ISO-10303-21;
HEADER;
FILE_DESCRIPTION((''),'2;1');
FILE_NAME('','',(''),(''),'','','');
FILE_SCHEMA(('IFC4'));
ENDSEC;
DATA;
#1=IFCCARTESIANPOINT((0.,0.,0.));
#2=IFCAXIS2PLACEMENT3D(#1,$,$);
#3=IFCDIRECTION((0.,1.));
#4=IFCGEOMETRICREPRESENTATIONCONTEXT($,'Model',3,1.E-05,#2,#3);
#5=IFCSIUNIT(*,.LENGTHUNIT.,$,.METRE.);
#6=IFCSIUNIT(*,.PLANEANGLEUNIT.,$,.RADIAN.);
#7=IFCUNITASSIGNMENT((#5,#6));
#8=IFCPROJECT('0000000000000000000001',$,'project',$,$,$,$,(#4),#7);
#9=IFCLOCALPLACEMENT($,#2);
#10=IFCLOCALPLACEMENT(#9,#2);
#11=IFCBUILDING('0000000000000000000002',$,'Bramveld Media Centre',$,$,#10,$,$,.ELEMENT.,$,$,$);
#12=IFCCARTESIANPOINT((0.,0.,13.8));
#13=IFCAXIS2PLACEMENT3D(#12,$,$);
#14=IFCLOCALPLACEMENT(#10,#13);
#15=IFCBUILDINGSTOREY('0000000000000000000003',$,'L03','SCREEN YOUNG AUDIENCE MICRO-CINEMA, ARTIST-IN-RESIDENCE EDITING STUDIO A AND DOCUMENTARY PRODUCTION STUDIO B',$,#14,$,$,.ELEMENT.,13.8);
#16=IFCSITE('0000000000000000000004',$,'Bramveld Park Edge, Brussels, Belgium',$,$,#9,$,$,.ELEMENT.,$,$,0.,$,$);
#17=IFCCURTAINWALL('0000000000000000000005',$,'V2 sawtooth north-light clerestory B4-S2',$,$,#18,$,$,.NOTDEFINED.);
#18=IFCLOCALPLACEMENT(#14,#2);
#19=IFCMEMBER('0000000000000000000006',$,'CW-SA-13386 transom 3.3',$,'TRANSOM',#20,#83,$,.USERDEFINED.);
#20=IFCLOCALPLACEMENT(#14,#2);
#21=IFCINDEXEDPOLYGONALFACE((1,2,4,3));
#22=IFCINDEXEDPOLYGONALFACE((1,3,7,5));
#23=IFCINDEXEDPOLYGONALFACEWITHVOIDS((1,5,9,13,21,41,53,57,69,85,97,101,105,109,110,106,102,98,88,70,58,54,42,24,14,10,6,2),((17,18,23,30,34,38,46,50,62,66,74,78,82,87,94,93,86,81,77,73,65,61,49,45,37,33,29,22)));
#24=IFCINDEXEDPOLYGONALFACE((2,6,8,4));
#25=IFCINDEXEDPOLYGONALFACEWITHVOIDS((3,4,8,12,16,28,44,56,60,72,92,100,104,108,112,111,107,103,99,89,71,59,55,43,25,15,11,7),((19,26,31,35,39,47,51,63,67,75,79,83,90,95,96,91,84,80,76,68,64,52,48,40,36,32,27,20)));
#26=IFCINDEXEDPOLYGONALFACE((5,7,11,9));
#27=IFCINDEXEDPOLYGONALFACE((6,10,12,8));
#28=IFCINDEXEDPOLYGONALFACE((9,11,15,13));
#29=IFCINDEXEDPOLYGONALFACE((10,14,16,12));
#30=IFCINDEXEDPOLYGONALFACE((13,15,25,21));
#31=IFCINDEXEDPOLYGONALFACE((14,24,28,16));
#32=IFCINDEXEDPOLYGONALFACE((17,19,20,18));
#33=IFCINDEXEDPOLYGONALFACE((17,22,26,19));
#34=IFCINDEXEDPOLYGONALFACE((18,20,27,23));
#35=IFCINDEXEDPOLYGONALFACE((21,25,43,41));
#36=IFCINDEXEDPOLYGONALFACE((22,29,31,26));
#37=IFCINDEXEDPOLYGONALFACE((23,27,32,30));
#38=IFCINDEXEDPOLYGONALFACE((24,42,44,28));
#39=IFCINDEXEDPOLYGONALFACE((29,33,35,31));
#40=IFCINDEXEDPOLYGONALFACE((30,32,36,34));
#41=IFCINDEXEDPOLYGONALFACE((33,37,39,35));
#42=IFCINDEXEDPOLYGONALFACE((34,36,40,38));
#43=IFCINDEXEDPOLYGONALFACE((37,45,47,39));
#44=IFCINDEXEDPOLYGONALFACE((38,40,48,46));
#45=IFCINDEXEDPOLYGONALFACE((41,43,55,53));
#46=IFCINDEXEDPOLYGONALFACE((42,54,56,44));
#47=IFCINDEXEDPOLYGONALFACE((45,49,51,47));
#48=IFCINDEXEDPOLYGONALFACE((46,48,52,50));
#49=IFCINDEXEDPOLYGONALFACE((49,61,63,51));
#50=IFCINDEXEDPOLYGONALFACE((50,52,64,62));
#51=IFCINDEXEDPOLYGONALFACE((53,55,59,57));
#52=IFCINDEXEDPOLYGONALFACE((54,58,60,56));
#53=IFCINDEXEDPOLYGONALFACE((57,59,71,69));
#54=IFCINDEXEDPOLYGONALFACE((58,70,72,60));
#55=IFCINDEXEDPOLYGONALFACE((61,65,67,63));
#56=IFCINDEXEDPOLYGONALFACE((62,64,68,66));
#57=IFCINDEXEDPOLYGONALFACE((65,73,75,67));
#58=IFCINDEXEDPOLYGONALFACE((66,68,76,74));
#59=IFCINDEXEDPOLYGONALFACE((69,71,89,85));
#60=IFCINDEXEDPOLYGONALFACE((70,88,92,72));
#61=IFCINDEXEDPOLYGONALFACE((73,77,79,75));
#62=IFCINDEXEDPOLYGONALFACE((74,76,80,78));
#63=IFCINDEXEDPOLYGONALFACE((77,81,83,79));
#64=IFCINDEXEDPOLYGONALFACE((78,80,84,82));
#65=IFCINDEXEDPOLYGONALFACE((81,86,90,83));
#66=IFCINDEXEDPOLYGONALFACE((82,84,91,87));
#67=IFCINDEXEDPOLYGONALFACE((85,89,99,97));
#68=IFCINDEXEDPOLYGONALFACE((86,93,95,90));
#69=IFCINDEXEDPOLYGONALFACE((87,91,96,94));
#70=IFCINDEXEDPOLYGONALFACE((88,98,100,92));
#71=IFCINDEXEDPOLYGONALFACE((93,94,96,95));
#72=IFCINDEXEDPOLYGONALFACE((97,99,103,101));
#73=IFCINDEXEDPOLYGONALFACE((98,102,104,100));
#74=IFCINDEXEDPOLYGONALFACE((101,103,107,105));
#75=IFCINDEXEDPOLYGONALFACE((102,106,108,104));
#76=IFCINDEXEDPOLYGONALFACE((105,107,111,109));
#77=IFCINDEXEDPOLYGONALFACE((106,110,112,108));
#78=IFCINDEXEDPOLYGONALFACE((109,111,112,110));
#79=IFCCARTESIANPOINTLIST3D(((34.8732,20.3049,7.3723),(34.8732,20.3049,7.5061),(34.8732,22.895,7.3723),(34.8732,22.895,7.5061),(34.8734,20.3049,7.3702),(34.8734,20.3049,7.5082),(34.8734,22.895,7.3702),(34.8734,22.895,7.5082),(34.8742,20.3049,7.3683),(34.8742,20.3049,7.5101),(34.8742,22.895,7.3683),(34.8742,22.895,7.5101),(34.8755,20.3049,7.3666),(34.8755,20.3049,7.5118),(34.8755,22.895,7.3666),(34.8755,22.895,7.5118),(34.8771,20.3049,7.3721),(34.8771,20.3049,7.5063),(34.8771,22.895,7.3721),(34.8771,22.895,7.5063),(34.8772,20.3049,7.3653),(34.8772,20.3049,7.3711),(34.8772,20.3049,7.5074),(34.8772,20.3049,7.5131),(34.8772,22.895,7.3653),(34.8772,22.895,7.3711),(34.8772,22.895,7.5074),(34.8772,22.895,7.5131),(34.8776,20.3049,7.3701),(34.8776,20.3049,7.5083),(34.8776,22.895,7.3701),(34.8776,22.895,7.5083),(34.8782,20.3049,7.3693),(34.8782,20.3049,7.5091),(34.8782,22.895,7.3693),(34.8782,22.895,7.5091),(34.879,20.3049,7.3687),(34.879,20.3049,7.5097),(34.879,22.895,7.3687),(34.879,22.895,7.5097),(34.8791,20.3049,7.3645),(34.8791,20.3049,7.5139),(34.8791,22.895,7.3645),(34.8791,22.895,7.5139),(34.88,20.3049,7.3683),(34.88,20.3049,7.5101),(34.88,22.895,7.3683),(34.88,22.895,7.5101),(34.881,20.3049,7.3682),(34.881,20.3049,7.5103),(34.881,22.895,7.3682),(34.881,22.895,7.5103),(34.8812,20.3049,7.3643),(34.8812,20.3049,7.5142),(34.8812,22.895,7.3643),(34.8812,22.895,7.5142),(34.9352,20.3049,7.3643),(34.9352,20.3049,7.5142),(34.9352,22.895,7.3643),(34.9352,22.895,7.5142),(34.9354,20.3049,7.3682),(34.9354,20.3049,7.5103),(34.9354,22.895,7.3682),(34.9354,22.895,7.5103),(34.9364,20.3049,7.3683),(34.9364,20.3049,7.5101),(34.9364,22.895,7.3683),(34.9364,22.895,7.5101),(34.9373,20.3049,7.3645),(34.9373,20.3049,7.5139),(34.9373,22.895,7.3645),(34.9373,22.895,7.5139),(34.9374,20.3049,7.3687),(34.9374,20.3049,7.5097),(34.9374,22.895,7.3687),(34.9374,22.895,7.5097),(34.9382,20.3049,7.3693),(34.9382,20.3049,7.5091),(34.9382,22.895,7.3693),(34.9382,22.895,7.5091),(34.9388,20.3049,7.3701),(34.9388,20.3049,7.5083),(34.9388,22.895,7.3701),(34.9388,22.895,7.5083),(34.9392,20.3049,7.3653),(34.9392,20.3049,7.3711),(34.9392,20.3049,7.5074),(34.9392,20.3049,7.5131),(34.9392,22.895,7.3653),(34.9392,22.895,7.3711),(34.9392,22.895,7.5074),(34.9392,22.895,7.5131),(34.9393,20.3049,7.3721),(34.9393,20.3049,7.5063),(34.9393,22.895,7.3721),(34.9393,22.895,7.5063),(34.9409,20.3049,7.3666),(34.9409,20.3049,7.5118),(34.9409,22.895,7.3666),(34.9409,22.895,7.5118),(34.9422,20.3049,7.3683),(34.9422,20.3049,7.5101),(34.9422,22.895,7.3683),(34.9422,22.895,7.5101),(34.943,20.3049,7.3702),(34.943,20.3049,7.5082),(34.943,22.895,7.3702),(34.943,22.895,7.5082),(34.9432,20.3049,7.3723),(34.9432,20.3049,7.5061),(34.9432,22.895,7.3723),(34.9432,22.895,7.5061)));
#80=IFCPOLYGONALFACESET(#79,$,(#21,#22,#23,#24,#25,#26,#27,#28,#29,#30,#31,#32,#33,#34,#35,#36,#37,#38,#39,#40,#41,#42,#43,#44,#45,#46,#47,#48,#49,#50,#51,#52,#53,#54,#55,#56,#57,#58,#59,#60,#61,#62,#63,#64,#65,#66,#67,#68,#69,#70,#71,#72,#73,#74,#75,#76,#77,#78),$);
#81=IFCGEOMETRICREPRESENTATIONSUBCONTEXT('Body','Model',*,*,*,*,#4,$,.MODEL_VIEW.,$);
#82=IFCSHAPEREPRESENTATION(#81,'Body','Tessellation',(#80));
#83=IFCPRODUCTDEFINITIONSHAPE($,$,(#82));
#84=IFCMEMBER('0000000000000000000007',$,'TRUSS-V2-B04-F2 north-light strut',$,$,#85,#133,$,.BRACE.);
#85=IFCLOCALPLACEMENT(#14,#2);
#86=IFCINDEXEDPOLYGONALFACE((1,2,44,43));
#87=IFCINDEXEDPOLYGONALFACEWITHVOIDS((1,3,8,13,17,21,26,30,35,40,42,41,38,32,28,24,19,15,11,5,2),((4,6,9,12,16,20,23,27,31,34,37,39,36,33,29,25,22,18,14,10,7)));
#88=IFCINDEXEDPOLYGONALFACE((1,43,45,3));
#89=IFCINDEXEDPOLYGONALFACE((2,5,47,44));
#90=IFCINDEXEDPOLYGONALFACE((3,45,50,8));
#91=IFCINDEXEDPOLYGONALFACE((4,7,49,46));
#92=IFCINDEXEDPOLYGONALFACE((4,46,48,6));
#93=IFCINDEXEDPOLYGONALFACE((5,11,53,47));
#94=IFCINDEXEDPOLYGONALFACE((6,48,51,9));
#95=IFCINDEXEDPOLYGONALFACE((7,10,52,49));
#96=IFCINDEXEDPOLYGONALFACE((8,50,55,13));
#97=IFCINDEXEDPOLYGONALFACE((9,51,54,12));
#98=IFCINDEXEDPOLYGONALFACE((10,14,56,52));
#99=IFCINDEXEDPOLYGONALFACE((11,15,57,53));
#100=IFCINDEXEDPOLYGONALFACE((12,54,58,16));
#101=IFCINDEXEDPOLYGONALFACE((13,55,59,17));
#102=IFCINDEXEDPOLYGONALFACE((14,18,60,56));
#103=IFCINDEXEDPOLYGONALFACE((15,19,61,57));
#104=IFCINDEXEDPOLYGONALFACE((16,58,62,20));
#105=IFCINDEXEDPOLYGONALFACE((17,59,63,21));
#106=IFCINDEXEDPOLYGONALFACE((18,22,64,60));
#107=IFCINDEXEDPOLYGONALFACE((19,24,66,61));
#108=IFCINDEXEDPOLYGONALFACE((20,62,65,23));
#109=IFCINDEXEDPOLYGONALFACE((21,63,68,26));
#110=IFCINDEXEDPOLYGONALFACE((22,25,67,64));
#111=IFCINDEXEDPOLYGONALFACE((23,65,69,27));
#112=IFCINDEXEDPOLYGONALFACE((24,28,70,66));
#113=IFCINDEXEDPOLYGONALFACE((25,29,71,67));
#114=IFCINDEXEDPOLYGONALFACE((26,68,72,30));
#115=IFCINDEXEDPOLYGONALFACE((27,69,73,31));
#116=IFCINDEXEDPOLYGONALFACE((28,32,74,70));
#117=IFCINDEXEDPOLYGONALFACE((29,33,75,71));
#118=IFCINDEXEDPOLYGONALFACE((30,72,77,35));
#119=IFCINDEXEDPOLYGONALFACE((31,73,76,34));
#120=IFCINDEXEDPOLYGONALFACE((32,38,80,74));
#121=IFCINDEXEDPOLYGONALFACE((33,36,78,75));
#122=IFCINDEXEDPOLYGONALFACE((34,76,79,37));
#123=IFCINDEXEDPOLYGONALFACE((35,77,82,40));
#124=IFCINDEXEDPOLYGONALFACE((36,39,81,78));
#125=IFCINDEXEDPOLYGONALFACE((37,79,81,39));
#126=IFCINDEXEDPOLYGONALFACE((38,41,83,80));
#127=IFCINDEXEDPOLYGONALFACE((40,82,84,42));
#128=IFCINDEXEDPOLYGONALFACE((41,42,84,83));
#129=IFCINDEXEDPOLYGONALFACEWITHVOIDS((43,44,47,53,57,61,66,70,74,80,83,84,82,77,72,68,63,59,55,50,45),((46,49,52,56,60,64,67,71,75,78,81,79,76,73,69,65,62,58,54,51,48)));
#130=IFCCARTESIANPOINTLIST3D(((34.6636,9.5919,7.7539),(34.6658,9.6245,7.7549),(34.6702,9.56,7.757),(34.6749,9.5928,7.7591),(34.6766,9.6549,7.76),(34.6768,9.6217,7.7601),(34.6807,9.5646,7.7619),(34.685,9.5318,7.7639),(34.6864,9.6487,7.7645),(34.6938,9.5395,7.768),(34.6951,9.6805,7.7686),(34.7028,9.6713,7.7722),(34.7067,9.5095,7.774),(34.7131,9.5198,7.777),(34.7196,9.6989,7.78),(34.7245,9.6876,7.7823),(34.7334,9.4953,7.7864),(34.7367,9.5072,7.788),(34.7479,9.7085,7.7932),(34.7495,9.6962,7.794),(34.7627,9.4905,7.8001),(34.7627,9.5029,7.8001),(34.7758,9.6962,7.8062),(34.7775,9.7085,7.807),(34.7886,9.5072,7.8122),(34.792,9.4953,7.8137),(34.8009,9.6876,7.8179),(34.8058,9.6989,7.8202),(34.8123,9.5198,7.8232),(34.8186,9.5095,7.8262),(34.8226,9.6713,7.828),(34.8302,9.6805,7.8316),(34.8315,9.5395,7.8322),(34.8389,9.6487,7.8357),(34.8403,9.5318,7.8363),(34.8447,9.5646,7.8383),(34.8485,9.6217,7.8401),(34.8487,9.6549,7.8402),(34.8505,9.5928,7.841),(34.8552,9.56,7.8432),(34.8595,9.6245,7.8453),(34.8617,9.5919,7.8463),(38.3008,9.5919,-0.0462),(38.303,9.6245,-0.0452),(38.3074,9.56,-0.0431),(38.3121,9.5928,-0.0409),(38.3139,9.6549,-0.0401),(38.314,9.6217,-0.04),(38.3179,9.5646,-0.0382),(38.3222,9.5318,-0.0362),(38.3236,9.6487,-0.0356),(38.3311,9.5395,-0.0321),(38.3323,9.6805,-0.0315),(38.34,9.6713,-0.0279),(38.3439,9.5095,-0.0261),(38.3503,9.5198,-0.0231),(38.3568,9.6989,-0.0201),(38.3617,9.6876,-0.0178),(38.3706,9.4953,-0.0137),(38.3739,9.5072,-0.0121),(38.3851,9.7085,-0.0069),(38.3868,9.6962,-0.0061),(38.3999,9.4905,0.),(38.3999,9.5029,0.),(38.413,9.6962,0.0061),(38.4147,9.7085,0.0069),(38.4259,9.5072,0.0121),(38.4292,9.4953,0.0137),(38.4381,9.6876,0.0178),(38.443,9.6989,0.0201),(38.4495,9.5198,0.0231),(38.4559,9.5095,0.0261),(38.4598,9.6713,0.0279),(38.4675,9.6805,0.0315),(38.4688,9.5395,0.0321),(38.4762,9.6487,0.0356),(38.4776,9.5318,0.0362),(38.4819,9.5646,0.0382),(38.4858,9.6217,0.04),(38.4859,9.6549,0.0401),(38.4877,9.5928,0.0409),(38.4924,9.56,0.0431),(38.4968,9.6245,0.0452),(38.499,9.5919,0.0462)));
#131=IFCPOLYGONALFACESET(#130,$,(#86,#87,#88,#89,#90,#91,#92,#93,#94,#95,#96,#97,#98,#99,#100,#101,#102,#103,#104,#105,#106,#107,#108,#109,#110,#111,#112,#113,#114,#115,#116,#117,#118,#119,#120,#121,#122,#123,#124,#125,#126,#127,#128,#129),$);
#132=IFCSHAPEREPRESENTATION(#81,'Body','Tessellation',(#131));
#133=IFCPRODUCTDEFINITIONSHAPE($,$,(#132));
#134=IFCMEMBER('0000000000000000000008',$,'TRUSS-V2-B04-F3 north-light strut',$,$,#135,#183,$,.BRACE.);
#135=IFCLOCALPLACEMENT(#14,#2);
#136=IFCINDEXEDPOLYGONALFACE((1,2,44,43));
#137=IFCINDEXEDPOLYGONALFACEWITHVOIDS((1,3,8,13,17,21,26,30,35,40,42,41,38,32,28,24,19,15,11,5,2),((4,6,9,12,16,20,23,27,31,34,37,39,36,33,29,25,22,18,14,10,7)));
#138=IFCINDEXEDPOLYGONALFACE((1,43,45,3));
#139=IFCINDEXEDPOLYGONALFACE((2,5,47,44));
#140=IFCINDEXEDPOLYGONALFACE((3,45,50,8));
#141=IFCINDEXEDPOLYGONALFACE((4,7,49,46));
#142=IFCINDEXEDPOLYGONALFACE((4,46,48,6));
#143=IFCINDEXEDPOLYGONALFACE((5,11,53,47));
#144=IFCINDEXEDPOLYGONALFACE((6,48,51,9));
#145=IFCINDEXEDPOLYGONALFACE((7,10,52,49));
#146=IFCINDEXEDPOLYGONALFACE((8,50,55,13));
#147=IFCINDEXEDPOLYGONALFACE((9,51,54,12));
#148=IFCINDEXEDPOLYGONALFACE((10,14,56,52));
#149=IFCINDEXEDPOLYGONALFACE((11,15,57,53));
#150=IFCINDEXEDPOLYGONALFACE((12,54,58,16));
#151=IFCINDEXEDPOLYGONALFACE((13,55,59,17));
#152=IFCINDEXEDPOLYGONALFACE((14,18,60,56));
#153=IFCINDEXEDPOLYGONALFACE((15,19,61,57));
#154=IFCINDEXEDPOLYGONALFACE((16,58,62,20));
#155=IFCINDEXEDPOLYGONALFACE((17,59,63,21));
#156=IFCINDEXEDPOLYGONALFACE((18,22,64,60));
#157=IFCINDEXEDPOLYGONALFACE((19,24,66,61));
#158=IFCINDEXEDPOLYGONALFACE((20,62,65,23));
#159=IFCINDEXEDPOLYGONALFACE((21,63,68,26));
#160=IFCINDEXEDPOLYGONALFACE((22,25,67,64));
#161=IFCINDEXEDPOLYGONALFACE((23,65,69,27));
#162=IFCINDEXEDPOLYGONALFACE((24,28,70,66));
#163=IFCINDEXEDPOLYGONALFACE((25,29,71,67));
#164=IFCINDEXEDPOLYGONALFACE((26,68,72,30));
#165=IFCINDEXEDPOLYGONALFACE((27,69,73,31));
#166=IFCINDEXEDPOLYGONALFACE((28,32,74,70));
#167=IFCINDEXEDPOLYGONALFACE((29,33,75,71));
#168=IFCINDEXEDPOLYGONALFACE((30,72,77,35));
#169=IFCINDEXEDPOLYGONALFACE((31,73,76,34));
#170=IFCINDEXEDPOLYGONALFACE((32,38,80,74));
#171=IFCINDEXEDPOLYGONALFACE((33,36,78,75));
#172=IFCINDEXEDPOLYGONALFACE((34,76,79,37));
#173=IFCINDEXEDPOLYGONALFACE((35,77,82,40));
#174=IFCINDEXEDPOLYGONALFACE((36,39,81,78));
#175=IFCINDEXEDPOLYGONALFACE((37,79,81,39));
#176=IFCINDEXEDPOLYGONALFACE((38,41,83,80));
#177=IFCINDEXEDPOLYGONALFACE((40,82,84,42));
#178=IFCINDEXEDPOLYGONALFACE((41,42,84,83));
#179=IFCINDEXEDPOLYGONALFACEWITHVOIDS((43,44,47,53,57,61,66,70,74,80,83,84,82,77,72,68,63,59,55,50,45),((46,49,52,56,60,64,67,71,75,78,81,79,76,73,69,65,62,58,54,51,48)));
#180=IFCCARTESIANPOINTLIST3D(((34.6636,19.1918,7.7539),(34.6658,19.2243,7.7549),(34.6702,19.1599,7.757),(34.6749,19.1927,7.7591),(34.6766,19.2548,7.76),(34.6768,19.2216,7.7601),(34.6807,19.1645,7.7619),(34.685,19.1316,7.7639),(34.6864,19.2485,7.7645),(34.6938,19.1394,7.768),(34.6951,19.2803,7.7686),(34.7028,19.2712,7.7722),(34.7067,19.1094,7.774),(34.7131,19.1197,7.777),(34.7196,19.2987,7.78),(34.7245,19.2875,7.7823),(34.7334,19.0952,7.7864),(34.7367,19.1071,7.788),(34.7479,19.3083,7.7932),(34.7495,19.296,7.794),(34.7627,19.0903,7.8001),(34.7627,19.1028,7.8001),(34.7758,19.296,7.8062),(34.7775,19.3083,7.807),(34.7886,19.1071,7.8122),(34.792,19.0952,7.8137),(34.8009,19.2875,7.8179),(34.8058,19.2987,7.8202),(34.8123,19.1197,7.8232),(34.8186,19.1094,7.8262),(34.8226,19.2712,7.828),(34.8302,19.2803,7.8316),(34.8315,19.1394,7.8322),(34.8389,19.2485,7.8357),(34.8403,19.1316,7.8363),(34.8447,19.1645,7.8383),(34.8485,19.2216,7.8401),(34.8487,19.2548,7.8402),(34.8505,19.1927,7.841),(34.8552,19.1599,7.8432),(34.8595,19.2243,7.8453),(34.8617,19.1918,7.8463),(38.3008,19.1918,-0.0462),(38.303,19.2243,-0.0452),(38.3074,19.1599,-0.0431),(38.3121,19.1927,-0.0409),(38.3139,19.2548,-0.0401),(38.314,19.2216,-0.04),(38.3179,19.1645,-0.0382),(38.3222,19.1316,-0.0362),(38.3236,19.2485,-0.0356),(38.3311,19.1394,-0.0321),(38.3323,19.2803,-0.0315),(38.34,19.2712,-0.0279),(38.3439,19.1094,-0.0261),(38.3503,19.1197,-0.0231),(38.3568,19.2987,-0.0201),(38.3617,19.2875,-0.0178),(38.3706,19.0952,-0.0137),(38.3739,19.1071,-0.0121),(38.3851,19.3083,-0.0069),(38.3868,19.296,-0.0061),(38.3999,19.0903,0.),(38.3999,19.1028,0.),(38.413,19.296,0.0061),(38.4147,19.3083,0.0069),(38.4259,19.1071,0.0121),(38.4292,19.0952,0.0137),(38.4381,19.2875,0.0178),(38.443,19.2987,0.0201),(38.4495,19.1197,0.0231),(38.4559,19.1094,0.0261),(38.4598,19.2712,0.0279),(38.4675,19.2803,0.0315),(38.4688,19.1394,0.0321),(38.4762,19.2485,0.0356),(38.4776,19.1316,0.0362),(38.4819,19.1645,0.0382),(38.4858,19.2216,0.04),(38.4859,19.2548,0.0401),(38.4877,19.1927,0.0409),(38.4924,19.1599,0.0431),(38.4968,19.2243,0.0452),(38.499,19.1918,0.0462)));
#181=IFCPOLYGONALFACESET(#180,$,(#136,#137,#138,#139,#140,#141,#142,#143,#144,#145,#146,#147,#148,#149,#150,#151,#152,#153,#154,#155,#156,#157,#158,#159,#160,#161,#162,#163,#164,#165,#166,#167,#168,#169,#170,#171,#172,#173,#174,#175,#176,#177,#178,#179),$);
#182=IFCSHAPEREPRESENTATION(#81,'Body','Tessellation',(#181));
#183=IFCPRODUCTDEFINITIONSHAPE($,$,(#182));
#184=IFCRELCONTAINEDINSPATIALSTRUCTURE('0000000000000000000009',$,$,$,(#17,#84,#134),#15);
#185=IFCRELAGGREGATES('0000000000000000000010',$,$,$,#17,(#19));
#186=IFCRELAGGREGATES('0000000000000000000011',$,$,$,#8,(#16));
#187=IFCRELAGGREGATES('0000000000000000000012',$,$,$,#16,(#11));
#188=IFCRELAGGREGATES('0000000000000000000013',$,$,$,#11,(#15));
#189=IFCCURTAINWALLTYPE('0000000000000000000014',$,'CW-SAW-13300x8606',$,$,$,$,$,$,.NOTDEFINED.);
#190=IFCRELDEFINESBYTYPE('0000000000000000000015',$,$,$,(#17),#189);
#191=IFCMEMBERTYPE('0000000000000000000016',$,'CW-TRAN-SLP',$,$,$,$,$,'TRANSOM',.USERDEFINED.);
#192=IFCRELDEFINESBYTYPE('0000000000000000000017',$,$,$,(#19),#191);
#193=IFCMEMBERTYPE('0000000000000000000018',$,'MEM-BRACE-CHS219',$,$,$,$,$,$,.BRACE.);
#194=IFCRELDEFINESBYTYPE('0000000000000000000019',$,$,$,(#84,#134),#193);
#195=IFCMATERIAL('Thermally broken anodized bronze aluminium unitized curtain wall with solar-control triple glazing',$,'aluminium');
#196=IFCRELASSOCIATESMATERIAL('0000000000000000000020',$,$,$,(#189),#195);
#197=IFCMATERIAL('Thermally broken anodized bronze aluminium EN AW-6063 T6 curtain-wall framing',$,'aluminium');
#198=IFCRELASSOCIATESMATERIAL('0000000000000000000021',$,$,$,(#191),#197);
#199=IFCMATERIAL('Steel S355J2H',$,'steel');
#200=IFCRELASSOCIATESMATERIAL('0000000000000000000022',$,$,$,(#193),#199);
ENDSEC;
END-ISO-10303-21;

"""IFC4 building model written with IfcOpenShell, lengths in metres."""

from ifc_helpers import new_model, si_unit, direction, frame, origin, origin_2d, place, context, subcontext, project, spatial, hollow_rectangle, hollow_circle, extrude, material, material_profile, profile_set, type_object, element, aggregate, save


model = new_model("IFC4")

# Units and contexts
model_context = context("Model", 3, precision=1e-05, world=origin(), true_north=direction((0.0, 1.0)))
body_context = subcontext(model_context, "Body", "Model", "MODEL_VIEW")
ifc_project = project(units=[si_unit("LENGTHUNIT", "METRE"), si_unit("PLANEANGLEUNIT", "RADIAN")], contexts=[model_context])

# Site, building, storey
site_placement = place(None, origin())
site = spatial("IfcSite", under=ifc_project, at=site_placement, Name="Bramveld Park Edge, Brussels, Belgium", CompositionType="ELEMENT", RefElevation=0.0)
building_placement = place(site_placement, origin())
building = spatial("IfcBuilding", under=site, at=building_placement, Name="Bramveld Media Centre", CompositionType="ELEMENT")
storey_placement = place(building_placement, frame((0.0, 0.0, 13.8)))
storey = spatial("IfcBuildingStorey", under=building, at=storey_placement, Name="L03", Description="SCREEN YOUNG AUDIENCE MICRO-CINEMA, ARTIST-IN-RESIDENCE EDITING STUDIO A AND DOCUMENTARY PRODUCTION STUDIO B", CompositionType="ELEMENT", Elevation=13.8)

# Curtain wall
ifc_material_1 = material(Name="Thermally broken anodized bronze aluminium unitized curtain wall with solar-control triple glazing", Category="aluminium")
curtain_wall_type = type_object("IfcCurtainWallType", Name="CW-SAW-13300x8606", PredefinedType="NOTDEFINED", material=ifc_material_1)
curtain_wall_1_placement = place(storey_placement, origin())
curtain_wall_1 = element("IfcCurtainWall", 1, at=curtain_wall_1_placement, inside=storey, type_object=curtain_wall_type, Name="V2 sawtooth north-light clerestory B4-S2", PredefinedType="NOTDEFINED")

# Member
ifc_material_2 = material(Name="Thermally broken anodized bronze aluminium EN AW-6063 T6 curtain-wall framing", Category="aluminium")
ifc_material_profile_1 = material_profile(ifc_material_2, hollow_rectangle(XDim=0.0701, YDim=0.1499, WallThickness=0.0039, InnerFilletRadius=0.0039, OuterFilletRadius=0.0081, at=origin_2d()), Name="AL-TRAN 70x150")
ifc_profile_set_1 = profile_set([ifc_material_profile_1], Name="Thermally broken anodized bronze aluminium EN AW-6063 T6 curtain-wall framing")
member_type_1 = type_object("IfcMemberType", Name="CW-TRAN-SLP", ElementType="TRANSOM", PredefinedType="USERDEFINED", material=ifc_profile_set_1)
member_1_placement = place(storey_placement, frame((34.9082, 20.3049, 7.4392), z_axis=(0.0, 1.0, 0.0), x_axis=(-1.0, 0.0, 0.0)))
member_1 = element("IfcMember", 2, at=member_1_placement, type_object=member_type_1, Name="CW-SA-13386 transom 3.3", ObjectType="TRANSOM", PredefinedType="USERDEFINED", context=body_context, shape_type="SweptSolid", body=[
    extrude(hollow_rectangle(XDim=0.0701, YDim=0.1499, WallThickness=0.0039, InnerFilletRadius=0.0039, OuterFilletRadius=0.0081, at=origin_2d()), origin(), (0.0, 0.0, 1.0), 2.5901),
])

# Members
ifc_material_3 = material(Name="Steel S355J2H", Category="steel")
ifc_material_profile_2 = material_profile(ifc_material_3, hollow_circle(Radius=0.1096, WallThickness=0.0125, at=origin_2d()), Name="CHS 219.1x12.5")
ifc_profile_set_2 = profile_set([ifc_material_profile_2], Name="Steel S355J2H")
member_type_2 = type_object("IfcMemberType", Name="MEM-BRACE-CHS219", PredefinedType="BRACE", material=ifc_profile_set_2)
for number, where, z_axis, x_axis, name in (
    (3, (38.3999, 9.6001, 0.0), (-0.422617, 0.0, 0.906308), (0.0, -1.0, 0.0), "TRUSS-V2-B04-F2 north-light strut"),
    (4, (38.3999, 19.2, 0.0), (-0.422617, 0.0, 0.906308), (0.0, -1.0, 0.0), "TRUSS-V2-B04-F3 north-light strut"),
):
    element("IfcMember", number, at=place(storey_placement, frame(where, z_axis=z_axis, x_axis=x_axis)), inside=storey, type_object=member_type_2, Name=name, PredefinedType="BRACE", context=body_context, shape_type="SweptSolid", body=[
        extrude(hollow_circle(Radius=0.1096, WallThickness=0.0125, at=origin_2d()), origin(), (0.0, 0.0, 1.0), 8.6064),
    ])

aggregate(curtain_wall_1, [member_1])

save(model, "model.ifc")
